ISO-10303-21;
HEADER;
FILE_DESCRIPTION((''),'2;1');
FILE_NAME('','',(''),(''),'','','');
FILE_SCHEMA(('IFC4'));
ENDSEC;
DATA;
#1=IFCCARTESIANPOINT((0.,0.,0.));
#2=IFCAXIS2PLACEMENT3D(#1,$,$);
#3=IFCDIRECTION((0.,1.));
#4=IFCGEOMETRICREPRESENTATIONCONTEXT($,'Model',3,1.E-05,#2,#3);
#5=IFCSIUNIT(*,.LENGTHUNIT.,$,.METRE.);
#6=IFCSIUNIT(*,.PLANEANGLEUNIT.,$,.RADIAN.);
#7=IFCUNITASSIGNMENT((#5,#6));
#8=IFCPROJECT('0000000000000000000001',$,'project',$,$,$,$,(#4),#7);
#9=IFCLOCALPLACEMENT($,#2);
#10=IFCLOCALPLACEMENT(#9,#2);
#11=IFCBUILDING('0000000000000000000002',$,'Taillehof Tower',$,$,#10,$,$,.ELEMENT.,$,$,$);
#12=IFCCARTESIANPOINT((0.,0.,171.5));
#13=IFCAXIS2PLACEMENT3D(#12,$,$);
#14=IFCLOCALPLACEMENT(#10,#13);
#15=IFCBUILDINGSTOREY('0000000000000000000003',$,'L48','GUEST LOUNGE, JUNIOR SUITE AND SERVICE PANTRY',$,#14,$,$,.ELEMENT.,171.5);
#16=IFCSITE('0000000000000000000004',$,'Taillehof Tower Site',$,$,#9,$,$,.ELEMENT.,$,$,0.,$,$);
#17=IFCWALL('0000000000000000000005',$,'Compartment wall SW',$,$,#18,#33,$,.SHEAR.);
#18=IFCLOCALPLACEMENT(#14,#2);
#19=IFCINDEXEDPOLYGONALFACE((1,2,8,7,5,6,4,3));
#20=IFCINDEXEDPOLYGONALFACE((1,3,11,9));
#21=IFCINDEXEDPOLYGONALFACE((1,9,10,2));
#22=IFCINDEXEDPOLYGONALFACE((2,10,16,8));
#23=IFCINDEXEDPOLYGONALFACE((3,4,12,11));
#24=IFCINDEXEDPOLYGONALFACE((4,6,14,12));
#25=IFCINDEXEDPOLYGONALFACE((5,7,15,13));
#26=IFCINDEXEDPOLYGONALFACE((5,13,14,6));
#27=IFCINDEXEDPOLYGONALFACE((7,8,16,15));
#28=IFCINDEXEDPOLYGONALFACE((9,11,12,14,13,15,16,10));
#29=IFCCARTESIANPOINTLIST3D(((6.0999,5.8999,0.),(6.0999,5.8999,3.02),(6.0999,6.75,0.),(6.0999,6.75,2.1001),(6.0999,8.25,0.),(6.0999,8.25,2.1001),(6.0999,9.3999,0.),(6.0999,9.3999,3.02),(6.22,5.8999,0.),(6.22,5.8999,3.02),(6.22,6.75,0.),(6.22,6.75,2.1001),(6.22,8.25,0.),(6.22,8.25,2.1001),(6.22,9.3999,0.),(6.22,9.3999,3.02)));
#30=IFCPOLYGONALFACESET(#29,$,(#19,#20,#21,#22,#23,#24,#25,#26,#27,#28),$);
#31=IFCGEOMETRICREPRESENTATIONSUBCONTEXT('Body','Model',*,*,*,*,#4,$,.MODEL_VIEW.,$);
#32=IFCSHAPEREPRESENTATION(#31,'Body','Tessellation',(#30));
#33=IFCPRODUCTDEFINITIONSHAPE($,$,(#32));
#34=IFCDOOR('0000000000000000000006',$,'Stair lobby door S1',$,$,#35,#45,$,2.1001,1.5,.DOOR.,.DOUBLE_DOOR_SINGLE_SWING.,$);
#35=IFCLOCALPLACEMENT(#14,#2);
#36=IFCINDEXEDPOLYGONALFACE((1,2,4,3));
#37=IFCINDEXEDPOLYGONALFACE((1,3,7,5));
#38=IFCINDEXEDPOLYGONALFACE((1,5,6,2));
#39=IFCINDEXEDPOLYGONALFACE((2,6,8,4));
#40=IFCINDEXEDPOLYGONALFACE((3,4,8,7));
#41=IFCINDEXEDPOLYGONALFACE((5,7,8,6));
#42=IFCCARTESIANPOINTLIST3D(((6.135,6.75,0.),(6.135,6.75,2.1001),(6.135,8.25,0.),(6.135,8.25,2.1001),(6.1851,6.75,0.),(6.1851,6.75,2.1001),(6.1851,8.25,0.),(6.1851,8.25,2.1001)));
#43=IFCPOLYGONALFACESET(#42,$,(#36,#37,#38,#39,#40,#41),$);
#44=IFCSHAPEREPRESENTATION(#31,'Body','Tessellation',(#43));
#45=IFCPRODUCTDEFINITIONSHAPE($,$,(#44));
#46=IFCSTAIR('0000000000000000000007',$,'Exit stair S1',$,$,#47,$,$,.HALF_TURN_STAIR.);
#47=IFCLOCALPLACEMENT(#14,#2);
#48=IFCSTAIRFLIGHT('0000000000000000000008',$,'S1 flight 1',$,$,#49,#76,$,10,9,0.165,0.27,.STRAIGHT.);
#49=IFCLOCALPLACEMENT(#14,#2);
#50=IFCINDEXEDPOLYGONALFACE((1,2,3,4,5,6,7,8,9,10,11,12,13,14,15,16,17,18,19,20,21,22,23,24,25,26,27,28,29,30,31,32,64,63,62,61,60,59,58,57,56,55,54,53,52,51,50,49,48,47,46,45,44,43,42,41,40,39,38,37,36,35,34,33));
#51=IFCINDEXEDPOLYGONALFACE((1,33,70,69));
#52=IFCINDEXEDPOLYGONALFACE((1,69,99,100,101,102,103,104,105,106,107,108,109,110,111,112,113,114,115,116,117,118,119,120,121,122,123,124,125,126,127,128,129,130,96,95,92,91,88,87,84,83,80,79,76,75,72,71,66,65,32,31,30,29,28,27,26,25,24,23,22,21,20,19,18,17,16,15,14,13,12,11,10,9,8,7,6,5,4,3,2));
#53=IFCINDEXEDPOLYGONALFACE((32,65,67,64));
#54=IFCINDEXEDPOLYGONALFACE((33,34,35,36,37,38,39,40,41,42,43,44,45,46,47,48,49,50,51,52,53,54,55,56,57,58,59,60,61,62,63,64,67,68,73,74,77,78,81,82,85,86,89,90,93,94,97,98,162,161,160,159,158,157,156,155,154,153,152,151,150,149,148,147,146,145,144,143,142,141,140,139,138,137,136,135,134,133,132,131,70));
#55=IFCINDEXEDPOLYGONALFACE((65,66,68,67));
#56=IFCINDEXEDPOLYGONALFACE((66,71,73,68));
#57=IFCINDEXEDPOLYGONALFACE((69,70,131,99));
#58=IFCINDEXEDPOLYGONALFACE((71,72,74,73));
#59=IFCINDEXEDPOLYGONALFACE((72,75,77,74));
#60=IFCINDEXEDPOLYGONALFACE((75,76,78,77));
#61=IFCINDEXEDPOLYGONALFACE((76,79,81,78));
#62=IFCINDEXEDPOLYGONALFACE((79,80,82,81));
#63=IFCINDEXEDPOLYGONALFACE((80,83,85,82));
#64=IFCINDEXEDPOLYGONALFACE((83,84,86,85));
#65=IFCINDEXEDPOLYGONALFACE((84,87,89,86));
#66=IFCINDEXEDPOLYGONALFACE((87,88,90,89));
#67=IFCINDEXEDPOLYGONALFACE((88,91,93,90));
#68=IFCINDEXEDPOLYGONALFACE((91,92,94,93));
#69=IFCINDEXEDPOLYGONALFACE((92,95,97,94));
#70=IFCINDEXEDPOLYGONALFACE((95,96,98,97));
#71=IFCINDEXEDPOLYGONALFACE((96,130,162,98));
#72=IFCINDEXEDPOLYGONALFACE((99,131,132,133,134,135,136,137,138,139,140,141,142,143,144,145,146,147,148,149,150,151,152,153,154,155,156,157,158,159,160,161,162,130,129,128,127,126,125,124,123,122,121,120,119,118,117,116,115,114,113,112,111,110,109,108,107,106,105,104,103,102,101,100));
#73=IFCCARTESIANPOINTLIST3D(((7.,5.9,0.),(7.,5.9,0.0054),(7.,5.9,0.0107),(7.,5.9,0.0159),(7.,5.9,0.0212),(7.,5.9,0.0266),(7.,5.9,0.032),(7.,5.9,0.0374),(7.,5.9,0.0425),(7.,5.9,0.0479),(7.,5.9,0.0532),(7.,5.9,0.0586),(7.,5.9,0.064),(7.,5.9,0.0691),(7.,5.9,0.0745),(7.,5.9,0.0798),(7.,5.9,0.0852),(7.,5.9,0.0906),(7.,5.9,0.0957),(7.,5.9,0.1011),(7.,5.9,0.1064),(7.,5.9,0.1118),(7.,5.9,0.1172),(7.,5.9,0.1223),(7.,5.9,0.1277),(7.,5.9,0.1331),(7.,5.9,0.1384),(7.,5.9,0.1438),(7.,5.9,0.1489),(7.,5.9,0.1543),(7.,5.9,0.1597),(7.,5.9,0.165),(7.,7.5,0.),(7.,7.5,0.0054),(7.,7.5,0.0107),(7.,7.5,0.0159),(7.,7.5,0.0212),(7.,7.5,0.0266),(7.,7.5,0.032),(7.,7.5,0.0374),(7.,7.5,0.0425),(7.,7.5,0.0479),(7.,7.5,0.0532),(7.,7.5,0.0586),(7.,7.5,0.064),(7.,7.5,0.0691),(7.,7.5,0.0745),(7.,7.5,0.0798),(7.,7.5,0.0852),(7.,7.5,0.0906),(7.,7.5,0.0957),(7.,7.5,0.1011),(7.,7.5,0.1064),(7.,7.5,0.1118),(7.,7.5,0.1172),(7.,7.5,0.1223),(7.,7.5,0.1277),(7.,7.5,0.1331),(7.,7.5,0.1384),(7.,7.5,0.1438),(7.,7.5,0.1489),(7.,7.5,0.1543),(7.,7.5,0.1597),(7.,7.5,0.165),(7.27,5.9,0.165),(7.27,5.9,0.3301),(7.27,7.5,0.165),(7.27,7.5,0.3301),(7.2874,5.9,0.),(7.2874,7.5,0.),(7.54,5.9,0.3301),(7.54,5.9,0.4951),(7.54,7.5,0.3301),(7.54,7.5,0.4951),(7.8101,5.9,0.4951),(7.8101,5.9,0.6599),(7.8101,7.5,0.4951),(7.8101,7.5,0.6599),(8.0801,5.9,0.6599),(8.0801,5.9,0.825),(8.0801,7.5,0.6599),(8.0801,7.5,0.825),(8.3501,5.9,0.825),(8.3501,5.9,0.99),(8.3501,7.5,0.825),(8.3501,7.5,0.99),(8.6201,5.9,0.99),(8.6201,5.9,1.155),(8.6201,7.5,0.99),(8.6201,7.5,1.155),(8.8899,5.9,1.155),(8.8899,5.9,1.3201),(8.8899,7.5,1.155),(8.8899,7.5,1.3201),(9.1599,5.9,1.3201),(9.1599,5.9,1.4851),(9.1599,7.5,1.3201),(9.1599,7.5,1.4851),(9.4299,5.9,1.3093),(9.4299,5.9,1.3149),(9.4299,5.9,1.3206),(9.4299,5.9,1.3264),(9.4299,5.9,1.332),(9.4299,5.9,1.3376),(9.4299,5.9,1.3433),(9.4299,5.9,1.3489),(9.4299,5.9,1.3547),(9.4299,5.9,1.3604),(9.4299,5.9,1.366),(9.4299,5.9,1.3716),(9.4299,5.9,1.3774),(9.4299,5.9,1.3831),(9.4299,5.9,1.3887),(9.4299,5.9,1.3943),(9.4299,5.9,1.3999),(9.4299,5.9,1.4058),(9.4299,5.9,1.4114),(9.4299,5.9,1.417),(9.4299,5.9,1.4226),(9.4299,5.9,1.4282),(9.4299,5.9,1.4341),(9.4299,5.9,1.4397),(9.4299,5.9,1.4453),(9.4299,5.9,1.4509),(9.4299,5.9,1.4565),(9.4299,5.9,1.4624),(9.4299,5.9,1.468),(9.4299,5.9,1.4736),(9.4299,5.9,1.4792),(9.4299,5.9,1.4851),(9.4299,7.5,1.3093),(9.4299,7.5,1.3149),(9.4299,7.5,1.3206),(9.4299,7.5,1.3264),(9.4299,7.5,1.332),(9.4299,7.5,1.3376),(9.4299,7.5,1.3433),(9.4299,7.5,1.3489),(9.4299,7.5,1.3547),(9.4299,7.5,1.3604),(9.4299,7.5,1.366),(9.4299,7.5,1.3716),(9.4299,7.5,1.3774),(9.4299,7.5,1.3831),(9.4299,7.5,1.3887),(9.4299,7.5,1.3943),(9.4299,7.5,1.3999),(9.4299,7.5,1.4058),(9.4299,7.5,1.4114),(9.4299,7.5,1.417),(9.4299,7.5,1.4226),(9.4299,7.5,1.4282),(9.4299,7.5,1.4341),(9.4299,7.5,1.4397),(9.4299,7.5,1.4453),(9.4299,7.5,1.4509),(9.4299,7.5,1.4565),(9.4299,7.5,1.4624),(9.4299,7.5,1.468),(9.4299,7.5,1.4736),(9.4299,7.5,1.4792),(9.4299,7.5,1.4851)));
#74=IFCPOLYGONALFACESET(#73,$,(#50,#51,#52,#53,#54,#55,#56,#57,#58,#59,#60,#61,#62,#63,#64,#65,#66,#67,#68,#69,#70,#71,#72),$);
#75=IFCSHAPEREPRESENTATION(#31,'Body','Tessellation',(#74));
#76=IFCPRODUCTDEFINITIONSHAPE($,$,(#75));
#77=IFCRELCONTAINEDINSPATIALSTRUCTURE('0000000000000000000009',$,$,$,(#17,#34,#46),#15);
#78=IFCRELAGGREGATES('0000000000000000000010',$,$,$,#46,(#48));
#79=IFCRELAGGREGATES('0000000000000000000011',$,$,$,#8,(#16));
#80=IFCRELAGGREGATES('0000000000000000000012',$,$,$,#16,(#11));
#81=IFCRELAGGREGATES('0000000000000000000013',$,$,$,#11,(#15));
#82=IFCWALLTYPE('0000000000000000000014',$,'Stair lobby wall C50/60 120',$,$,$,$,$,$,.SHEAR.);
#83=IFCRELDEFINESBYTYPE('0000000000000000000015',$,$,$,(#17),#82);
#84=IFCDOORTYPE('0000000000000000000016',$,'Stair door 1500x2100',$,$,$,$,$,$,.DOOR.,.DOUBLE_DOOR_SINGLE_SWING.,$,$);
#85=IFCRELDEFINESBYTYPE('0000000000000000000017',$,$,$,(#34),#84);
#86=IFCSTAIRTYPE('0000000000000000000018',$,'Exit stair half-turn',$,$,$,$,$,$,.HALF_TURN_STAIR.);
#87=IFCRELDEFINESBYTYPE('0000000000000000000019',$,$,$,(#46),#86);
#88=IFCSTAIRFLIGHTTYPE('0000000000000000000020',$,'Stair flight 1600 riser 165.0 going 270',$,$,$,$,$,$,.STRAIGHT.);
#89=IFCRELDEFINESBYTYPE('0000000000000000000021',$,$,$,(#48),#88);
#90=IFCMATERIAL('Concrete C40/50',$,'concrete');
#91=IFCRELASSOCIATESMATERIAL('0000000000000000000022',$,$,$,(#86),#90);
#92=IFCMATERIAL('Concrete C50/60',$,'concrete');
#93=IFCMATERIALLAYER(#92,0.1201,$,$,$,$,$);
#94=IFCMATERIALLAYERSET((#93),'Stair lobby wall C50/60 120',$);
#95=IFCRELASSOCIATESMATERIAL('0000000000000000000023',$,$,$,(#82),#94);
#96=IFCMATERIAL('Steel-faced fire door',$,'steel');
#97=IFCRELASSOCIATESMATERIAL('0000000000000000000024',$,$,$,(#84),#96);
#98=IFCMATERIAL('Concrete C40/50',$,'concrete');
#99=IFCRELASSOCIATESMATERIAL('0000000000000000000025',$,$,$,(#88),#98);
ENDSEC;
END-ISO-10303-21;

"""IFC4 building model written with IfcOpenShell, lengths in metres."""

from ifc_helpers import new_model, si_unit, direction, frame, frame_2d, origin, place, context, subcontext, project, spatial, polyline, rectangle, outline, extrude, material, layer, layer_set, type_object, element, fill, aggregate, save


model = new_model("IFC4")

# Units and contexts
model_context = context("Model", 3, precision=1e-05, world=origin(), true_north=direction((0.0, 1.0)))
body_context = subcontext(model_context, "Body", "Model", "MODEL_VIEW")
ifc_project = project(units=[si_unit("LENGTHUNIT", "METRE"), si_unit("PLANEANGLEUNIT", "RADIAN")], contexts=[model_context])

# Site, building, storey
site_placement = place(None, origin())
site = spatial("IfcSite", under=ifc_project, at=site_placement, Name="Taillehof Tower Site", CompositionType="ELEMENT", RefElevation=0.0)
building_placement = place(site_placement, origin())
building = spatial("IfcBuilding", under=site, at=building_placement, Name="Taillehof Tower", CompositionType="ELEMENT")
storey_placement = place(building_placement, frame((0.0, 0.0, 171.5)))
storey = spatial("IfcBuildingStorey", under=building, at=storey_placement, Name="L48", Description="GUEST LOUNGE, JUNIOR SUITE AND SERVICE PANTRY", CompositionType="ELEMENT", Elevation=171.5)

# Shared definitions
ifc_material_1 = material(Name="Concrete C40/50", Category="concrete")
stair_type = type_object("IfcStairType", Name="Exit stair half-turn", PredefinedType="HALF_TURN_STAIR", material=ifc_material_1)

# Wall, opening, door
ifc_material_2 = material(Name="Concrete C50/60", Category="concrete")
ifc_layer_1 = layer(ifc_material_2, 0.1201)
ifc_layer_set_1 = layer_set([ifc_layer_1], Name="Stair lobby wall C50/60 120")
wall_type_1 = type_object("IfcWallType", Name="Stair lobby wall C50/60 120", PredefinedType="SHEAR", material=ifc_layer_set_1)
wall_1_placement = place(storey_placement, frame((6.1599, 5.8999, 0.0), z_axis=(0.0, 0.0, 1.0), x_axis=(0.0, 1.0, 0.0)))
wall_1 = element("IfcWall", 1, at=wall_1_placement, inside=storey, type_object=wall_type_1, Name="Compartment wall SW", PredefinedType="SHEAR", context=body_context, shape_type="SweptSolid", body=[
    extrude(rectangle(XDim=3.5, YDim=0.1201, at=frame_2d((1.75, 0.0))), origin(), (0.0, 0.0, 1.0), 3.02),
])
opening_1_placement = place(wall_1_placement, frame((0.8501, 0.0, 0.0)))
opening_1 = element("IfcOpeningElement", 2, at=opening_1_placement, cuts=wall_1, PredefinedType="OPENING", context=body_context, shape_type="SweptSolid", body=[
    extrude(rectangle(XDim=1.5, YDim=2.1001, at=frame_2d((0.75, 1.05))), frame((0.0, 0.0701, 0.0), z_axis=(0.0, -1.0, 0.0), x_axis=(1.0, 0.0, 0.0)), (0.0, 0.0, 1.0), 0.1401),
])
ifc_material_3 = material(Name="Steel-faced fire door", Category="steel")
door_type_1 = type_object("IfcDoorType", Name="Stair door 1500x2100", OperationType="DOUBLE_DOOR_SINGLE_SWING", PredefinedType="DOOR", material=ifc_material_3)
door_1_placement = place(opening_1_placement, origin())
door_1 = element("IfcDoor", 3, at=door_1_placement, inside=storey, type_object=door_type_1, Name="Stair lobby door S1", OperationType="DOUBLE_DOOR_SINGLE_SWING", OverallHeight=2.1001, OverallWidth=1.5, PredefinedType="DOOR", context=body_context, shape_type="SweptSolid", body=[
    extrude(rectangle(XDim=1.5, YDim=2.1001, at=frame_2d((0.75, 1.05))), frame((0.0, 0.0249, 0.0), z_axis=(0.0, -1.0, 0.0), x_axis=(1.0, 0.0, 0.0)), (0.0, 0.0, 1.0), 0.05),
])
fill(opening_1, door_1)

# Stair, stair flight
stair_1_placement = place(storey_placement, origin())
stair_1 = element("IfcStair", 4, at=stair_1_placement, inside=storey, type_object=stair_type, Name="Exit stair S1", PredefinedType="HALF_TURN_STAIR")
ifc_material_4 = material(Name="Concrete C40/50", Category="concrete")
stair_flight_type = type_object("IfcStairFlightType", Name="Stair flight 1600 riser 165.0 going 270", PredefinedType="STRAIGHT", material=ifc_material_4)
stair_flight_placement = place(storey_placement, frame((7.0, 6.7, 0.0), z_axis=(0.0, 0.0, 1.0), x_axis=(1.0, 0.0, 0.0)))
stair_flight = element("IfcStairFlight", 5, at=stair_flight_placement, type_object=stair_flight_type, Name="S1 flight 1", NumberOfRisers=10, NumberOfTreads=9, PredefinedType="STRAIGHT", RiserHeight=0.165, TreadLength=0.27, context=body_context, shape_type="SweptSolid", body=[
    extrude(outline(polyline([(0.0, 0.0), (0.0, 0.0054), (0.0, 0.0107), (0.0, 0.0159), (0.0, 0.0212), (0.0, 0.0266), (0.0, 0.032), (0.0, 0.0374), (0.0, 0.0425), (0.0, 0.0479), (0.0, 0.0532), (0.0, 0.0586), (0.0, 0.064), (0.0, 0.0691), (0.0, 0.0745), (0.0, 0.0798), (0.0, 0.0852), (0.0, 0.0906), (0.0, 0.0957), (0.0, 0.1011), (0.0, 0.1064), (0.0, 0.1118), (0.0, 0.1172), (0.0, 0.1223), (0.0, 0.1277), (0.0, 0.1331), (0.0, 0.1384), (0.0, 0.1438), (0.0, 0.1489), (0.0, 0.1543), (0.0, 0.1597), (0.0, 0.165), (0.27, 0.165), (0.27, 0.3301), (0.54, 0.3301), (0.54, 0.4951), (0.8101, 0.4951), (0.8101, 0.6599), (1.0801, 0.6599), (1.0801, 0.825), (1.3501, 0.825), (1.3501, 0.99), (1.6201, 0.99), (1.6201, 1.155), (1.8899, 1.155), (1.8899, 1.3201), (2.1599, 1.3201), (2.1599, 1.4851), (2.4299, 1.4851), (2.4299, 1.4792), (2.4299, 1.4736), (2.4299, 1.468), (2.4299, 1.4624), (2.4299, 1.4565), (2.4299, 1.4509), (2.4299, 1.4453), (2.4299, 1.4397), (2.4299, 1.4341), (2.4299, 1.4282), (2.4299, 1.4226), (2.4299, 1.417), (2.4299, 1.4114), (2.4299, 1.4058), (2.4299, 1.3999), (2.4299, 1.3943), (2.4299, 1.3887), (2.4299, 1.3831), (2.4299, 1.3774), (2.4299, 1.3716), (2.4299, 1.366), (2.4299, 1.3604), (2.4299, 1.3547), (2.4299, 1.3489), (2.4299, 1.3433), (2.4299, 1.3376), (2.4299, 1.332), (2.4299, 1.3264), (2.4299, 1.3206), (2.4299, 1.3149), (2.4299, 1.3093), (0.2874, 0.0), (0.0, 0.0)])), frame((0.0, 0.8, 0.0), z_axis=(0.0, -1.0, 0.0), x_axis=(1.0, 0.0, 0.0)), (0.0, 0.0, 1.0), 1.6),
])
aggregate(stair_1, [stair_flight])

save(model, "model.ifc")
